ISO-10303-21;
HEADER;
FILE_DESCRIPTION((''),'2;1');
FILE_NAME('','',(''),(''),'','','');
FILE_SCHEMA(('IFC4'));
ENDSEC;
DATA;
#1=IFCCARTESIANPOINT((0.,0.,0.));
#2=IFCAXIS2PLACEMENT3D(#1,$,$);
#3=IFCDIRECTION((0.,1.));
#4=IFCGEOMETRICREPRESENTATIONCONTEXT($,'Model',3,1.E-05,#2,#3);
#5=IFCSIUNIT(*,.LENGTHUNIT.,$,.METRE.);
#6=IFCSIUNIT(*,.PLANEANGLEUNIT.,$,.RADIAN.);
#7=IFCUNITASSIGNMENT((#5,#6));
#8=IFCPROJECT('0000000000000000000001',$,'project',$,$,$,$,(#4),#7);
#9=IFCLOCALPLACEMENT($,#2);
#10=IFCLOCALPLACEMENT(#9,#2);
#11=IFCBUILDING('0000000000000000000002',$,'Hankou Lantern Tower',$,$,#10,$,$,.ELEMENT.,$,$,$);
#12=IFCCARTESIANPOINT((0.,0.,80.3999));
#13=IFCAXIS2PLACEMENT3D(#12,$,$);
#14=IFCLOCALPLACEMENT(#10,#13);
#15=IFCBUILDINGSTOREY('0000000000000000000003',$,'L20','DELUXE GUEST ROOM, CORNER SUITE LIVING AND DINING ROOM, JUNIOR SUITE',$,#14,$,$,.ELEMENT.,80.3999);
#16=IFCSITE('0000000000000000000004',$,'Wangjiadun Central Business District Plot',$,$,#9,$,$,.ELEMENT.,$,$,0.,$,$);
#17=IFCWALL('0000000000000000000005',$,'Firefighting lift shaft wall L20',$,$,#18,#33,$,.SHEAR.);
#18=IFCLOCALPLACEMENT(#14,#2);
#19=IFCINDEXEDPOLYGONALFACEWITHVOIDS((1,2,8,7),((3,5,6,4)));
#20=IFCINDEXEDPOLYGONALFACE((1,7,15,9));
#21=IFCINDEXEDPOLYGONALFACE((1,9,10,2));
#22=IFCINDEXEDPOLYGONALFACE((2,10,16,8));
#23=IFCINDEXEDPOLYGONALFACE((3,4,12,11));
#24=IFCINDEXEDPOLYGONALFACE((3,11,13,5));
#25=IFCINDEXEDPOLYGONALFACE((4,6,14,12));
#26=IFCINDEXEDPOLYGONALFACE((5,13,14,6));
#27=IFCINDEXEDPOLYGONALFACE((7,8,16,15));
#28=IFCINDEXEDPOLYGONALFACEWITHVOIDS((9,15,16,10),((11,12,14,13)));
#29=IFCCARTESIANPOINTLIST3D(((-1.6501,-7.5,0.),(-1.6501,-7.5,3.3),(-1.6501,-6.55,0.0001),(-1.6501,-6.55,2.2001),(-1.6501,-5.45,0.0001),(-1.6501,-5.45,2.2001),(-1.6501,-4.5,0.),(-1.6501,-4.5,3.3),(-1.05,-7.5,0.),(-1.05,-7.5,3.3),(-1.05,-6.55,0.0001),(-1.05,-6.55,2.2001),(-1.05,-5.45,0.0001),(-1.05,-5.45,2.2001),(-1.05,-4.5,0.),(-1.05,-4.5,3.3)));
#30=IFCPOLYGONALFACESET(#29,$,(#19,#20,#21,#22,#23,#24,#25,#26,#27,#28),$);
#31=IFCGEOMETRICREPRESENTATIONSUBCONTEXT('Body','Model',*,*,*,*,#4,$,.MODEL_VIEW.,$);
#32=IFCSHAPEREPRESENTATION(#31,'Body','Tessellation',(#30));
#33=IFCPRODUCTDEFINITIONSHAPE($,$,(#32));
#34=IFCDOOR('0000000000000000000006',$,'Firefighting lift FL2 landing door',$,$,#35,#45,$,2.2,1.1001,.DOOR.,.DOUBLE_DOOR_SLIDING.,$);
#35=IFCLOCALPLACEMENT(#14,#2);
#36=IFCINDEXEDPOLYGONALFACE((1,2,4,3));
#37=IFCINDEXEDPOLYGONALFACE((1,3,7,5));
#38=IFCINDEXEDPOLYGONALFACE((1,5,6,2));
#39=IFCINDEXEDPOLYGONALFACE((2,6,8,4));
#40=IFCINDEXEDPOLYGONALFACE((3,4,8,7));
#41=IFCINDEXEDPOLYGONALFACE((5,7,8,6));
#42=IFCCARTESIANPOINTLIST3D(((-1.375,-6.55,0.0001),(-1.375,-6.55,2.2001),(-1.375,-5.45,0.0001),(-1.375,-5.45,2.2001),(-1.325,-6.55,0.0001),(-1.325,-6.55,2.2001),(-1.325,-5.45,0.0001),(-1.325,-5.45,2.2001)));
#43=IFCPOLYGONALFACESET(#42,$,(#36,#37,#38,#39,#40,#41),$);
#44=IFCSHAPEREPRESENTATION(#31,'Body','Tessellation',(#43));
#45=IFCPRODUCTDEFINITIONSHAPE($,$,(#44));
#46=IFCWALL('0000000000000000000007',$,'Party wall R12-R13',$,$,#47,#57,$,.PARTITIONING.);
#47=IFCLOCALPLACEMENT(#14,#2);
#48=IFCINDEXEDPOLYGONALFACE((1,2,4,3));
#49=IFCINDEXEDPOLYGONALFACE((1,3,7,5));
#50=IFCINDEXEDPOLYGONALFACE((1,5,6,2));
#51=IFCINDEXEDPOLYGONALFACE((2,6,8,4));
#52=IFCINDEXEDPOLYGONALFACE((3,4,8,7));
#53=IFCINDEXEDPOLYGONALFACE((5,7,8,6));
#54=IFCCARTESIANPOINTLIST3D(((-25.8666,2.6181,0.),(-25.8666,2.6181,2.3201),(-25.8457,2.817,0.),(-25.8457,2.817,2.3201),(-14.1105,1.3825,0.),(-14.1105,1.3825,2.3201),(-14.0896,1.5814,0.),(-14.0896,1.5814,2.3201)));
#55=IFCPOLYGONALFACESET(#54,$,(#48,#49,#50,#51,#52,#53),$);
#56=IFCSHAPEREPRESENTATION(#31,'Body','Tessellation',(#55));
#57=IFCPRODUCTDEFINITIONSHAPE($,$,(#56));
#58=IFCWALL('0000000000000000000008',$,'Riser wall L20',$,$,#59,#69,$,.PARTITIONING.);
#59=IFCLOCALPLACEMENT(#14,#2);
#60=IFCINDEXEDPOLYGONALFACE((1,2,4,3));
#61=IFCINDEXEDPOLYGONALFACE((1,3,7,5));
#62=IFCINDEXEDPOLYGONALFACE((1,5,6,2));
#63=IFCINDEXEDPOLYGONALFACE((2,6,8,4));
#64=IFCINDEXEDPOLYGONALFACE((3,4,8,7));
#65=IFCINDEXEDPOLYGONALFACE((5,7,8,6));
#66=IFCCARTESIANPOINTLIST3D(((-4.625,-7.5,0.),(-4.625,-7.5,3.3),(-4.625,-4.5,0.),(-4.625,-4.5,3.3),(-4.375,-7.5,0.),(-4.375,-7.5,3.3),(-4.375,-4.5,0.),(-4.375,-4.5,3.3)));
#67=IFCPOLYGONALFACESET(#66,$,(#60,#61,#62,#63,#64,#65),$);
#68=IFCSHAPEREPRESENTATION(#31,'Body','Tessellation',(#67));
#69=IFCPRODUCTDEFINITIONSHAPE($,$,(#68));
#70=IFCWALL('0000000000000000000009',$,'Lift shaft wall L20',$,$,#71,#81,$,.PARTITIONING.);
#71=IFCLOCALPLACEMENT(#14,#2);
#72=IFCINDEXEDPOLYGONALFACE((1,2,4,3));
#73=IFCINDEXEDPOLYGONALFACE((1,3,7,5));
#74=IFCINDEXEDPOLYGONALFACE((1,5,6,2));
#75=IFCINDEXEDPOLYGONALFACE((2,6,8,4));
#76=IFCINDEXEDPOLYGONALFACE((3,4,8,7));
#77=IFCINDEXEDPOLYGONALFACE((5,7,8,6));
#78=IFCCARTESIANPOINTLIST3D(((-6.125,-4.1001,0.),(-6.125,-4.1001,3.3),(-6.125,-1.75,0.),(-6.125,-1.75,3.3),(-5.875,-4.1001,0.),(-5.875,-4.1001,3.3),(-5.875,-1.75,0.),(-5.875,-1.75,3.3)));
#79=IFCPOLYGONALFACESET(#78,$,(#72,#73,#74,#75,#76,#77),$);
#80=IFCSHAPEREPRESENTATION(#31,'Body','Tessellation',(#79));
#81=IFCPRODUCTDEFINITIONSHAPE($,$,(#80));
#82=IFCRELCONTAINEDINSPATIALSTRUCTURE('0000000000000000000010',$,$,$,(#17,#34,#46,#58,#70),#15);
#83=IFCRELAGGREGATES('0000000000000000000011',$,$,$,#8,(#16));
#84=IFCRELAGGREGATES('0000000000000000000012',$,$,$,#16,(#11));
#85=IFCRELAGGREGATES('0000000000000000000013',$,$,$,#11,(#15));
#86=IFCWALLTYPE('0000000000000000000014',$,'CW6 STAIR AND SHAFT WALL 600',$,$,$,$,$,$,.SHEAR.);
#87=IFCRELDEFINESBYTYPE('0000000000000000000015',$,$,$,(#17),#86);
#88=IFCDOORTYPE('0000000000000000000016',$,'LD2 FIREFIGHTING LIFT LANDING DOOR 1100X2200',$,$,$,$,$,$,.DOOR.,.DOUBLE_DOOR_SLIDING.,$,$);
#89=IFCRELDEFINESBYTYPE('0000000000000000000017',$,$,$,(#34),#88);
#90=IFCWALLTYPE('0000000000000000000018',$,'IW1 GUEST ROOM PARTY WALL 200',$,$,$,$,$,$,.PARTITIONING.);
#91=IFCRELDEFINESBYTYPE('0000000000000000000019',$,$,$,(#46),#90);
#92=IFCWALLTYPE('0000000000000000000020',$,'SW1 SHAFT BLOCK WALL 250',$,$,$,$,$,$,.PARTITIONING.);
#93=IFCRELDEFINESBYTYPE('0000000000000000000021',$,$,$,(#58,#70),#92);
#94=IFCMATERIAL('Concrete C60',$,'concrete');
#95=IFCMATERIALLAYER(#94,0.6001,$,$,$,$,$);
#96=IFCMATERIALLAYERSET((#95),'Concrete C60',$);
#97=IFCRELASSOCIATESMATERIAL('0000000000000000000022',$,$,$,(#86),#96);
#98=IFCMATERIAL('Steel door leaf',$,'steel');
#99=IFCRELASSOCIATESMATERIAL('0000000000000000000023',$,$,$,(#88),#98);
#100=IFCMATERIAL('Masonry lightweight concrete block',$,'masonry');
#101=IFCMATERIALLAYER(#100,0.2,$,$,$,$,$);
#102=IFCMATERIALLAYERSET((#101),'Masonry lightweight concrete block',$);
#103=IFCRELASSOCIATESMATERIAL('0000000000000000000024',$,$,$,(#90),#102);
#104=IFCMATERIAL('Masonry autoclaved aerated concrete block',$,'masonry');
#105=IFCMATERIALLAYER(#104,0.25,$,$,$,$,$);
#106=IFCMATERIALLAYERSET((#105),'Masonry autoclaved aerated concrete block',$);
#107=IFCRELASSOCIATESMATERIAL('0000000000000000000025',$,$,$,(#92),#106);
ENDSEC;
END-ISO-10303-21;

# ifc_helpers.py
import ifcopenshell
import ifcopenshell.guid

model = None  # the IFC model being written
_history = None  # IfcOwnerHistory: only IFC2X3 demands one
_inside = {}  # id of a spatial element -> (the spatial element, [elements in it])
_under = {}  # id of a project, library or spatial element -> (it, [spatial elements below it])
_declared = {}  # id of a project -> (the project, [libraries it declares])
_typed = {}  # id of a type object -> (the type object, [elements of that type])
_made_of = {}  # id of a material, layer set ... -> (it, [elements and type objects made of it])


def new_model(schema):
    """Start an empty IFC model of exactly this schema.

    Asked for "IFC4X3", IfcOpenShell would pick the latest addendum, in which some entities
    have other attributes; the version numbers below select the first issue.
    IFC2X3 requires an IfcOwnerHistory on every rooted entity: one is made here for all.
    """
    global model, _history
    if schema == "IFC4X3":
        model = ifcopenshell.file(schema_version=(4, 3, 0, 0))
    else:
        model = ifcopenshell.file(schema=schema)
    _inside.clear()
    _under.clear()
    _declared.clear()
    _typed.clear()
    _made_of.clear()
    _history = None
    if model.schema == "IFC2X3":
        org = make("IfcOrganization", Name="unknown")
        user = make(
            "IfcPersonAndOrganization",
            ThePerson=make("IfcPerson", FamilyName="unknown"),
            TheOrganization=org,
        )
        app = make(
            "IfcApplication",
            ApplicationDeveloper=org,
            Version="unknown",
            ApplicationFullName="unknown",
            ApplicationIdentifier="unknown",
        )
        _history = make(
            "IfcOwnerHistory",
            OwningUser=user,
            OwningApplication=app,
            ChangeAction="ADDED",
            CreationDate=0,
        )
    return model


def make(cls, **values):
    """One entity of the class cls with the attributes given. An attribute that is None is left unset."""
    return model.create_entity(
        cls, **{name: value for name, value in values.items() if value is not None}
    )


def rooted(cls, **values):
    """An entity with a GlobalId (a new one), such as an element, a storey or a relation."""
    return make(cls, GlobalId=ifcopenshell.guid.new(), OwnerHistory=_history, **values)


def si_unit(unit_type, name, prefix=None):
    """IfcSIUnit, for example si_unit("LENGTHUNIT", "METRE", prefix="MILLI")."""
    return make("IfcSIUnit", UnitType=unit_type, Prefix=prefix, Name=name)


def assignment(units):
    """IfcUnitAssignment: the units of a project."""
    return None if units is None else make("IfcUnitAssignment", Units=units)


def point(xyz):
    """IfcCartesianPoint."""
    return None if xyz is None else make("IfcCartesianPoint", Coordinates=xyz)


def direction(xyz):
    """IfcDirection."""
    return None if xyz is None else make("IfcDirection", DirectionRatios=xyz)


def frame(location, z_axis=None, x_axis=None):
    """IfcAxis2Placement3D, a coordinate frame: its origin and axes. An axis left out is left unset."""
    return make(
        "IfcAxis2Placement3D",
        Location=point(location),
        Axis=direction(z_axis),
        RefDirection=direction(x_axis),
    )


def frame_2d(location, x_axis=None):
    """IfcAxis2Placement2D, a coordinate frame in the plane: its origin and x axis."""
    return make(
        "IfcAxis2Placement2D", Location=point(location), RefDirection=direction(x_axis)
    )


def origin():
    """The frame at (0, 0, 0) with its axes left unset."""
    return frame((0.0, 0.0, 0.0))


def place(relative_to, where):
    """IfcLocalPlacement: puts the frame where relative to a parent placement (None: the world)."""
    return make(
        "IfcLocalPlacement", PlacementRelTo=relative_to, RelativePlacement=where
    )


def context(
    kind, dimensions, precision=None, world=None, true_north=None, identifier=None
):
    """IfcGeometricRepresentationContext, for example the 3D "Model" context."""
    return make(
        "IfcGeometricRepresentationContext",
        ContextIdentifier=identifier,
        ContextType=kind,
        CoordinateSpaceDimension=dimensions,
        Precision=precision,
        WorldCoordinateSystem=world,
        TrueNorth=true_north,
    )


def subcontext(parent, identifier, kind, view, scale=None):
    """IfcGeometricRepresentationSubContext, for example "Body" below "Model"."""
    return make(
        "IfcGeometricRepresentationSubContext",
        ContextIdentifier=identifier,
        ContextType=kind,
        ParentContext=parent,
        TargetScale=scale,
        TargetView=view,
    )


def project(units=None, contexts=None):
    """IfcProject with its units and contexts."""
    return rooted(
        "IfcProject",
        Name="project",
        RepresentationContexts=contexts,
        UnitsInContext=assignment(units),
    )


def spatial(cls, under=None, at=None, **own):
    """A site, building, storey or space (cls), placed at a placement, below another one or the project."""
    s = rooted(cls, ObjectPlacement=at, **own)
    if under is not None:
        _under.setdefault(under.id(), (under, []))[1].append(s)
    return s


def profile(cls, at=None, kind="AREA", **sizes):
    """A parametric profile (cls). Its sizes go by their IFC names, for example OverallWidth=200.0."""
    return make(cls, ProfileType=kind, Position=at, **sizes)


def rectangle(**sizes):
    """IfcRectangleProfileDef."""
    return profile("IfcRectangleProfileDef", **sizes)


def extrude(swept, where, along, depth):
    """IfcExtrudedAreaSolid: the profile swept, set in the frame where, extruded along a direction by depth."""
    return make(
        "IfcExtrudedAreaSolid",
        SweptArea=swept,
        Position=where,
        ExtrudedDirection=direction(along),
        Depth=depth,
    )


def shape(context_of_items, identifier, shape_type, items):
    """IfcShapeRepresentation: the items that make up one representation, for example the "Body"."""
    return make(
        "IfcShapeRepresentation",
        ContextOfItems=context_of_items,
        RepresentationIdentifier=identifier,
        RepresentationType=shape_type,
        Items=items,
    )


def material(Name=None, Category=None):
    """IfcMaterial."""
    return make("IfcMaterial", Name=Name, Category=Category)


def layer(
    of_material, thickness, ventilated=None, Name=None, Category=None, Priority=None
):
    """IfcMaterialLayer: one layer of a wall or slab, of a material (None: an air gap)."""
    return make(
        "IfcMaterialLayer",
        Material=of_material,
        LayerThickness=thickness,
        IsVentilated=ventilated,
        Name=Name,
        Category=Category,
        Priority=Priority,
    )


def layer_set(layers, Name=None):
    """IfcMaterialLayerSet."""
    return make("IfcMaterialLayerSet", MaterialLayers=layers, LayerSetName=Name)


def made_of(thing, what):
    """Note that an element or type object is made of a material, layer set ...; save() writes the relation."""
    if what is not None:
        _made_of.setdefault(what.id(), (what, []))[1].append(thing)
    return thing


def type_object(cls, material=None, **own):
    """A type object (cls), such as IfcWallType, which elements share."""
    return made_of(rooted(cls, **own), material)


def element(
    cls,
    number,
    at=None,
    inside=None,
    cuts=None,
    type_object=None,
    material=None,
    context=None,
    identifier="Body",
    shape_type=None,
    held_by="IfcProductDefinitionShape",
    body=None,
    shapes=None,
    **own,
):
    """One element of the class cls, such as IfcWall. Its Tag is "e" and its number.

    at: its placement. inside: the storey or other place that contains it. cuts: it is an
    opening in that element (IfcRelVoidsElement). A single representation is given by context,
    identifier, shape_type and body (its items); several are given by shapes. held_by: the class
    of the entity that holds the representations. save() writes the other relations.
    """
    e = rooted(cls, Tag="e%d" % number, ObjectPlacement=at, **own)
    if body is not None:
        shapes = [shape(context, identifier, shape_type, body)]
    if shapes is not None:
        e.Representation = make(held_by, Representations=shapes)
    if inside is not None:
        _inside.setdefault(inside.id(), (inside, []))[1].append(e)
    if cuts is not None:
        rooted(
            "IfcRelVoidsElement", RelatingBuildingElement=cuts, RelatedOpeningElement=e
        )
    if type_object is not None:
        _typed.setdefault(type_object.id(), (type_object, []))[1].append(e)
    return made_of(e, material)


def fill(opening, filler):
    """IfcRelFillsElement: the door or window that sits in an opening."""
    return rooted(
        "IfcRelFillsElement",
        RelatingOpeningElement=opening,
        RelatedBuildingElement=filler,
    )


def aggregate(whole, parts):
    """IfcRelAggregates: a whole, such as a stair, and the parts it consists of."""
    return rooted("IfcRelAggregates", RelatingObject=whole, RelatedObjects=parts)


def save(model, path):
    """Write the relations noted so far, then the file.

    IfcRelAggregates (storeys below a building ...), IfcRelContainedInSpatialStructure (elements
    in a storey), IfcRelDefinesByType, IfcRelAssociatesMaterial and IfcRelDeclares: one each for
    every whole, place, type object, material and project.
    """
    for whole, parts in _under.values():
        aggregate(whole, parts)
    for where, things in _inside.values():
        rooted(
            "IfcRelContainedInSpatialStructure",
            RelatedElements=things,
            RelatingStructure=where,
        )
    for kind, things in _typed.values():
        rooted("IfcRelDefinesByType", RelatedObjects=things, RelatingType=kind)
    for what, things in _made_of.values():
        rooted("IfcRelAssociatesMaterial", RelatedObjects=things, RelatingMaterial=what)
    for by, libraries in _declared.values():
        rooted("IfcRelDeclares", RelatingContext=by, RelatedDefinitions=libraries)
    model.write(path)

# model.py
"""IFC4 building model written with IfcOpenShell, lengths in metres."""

from ifc_helpers import new_model, si_unit, direction, frame, frame_2d, origin, place, context, subcontext, project, spatial, rectangle, extrude, material, layer, layer_set, type_object, element, fill, save


model = new_model("IFC4")

# Units and contexts
model_context = context("Model", 3, precision=1e-05, world=origin(), true_north=direction((0.0, 1.0)))
body_context = subcontext(model_context, "Body", "Model", "MODEL_VIEW")
ifc_project = project(units=[si_unit("LENGTHUNIT", "METRE"), si_unit("PLANEANGLEUNIT", "RADIAN")], contexts=[model_context])

# Site, building, storey
site_placement = place(None, origin())
site = spatial("IfcSite", under=ifc_project, at=site_placement, Name="Wangjiadun Central Business District Plot", CompositionType="ELEMENT", RefElevation=0.0)
building_placement = place(site_placement, origin())
building = spatial("IfcBuilding", under=site, at=building_placement, Name="Hankou Lantern Tower", CompositionType="ELEMENT")
storey_placement = place(building_placement, frame((0.0, 0.0, 80.3999)))
storey = spatial("IfcBuildingStorey", under=building, at=storey_placement, Name="L20", Description="DELUXE GUEST ROOM, CORNER SUITE LIVING AND DINING ROOM, JUNIOR SUITE", CompositionType="ELEMENT", Elevation=80.3999)

# Wall, opening, door
ifc_material_1 = material(Name="Concrete C60", Category="concrete")
ifc_layer_1 = layer(ifc_material_1, 0.6001)
ifc_layer_set_1 = layer_set([ifc_layer_1], Name="Concrete C60")
wall_type_1 = type_object("IfcWallType", Name="CW6 STAIR AND SHAFT WALL 600", PredefinedType="SHEAR", material=ifc_layer_set_1)
wall_1_placement = place(storey_placement, frame((-1.3501, -7.5, 0.0), z_axis=(0.0, 0.0, 1.0), x_axis=(0.0, 1.0, 0.0)))
wall_1 = element("IfcWall", 1, at=wall_1_placement, inside=storey, type_object=wall_type_1, Name="Firefighting lift shaft wall L20", PredefinedType="SHEAR", context=body_context, shape_type="SweptSolid", body=[
    extrude(rectangle(XDim=3.0, YDim=0.6001, at=frame_2d((1.5, 0.0))), origin(), (0.0, 0.0, 1.0), 3.3),
])
opening_1_placement = place(wall_1_placement, frame((0.95, 0.0, 0.0)))
opening_1 = element("IfcOpeningElement", 2, at=opening_1_placement, cuts=wall_1, PredefinedType="OPENING", context=body_context, shape_type="SweptSolid", body=[
    extrude(rectangle(XDim=1.1001, YDim=2.2, at=frame_2d((0.55, 1.1001))), frame((0.0, 0.3101, 0.0), z_axis=(0.0, -1.0, 0.0), x_axis=(1.0, 0.0, 0.0)), (0.0, 0.0, 1.0), 0.6201),
])
ifc_material_2 = material(Name="Steel door leaf", Category="steel")
door_type_1 = type_object("IfcDoorType", Name="LD2 FIREFIGHTING LIFT LANDING DOOR 1100X2200", OperationType="DOUBLE_DOOR_SLIDING", PredefinedType="DOOR", material=ifc_material_2)
door_1_placement = place(opening_1_placement, origin())
door_1 = element("IfcDoor", 3, at=door_1_placement, inside=storey, type_object=door_type_1, Name="Firefighting lift FL2 landing door", OperationType="DOUBLE_DOOR_SLIDING", OverallHeight=2.2, OverallWidth=1.1001, PredefinedType="DOOR", context=body_context, shape_type="SweptSolid", body=[
    extrude(rectangle(XDim=1.1001, YDim=2.2, at=frame_2d((0.55, 1.1001))), frame((0.0, 0.0249, 0.0), z_axis=(0.0, -1.0, 0.0), x_axis=(1.0, 0.0, 0.0)), (0.0, 0.0, 1.0), 0.05),
])
fill(opening_1, door_1)

# Walls
ifc_material_3 = material(Name="Masonry lightweight concrete block", Category="masonry")
ifc_layer_2 = layer(ifc_material_3, 0.2)
ifc_layer_set_2 = layer_set([ifc_layer_2], Name="Masonry lightweight concrete block")
wall_type_2 = type_object("IfcWallType", Name="IW1 GUEST ROOM PARTY WALL 200", PredefinedType="PARTITIONING", material=ifc_layer_set_2)
wall_2_placement = place(storey_placement, frame((-14.1001, 1.4819, 0.0), z_axis=(0.0, 0.0, 1.0), x_axis=(-0.994522, 0.104527, 0.0)))
element("IfcWall", 4, at=wall_2_placement, inside=storey, type_object=wall_type_2, Name="Party wall R12-R13", PredefinedType="PARTITIONING", context=body_context, shape_type="SweptSolid", body=[
    extrude(rectangle(XDim=11.8208, YDim=0.2, at=frame_2d((5.9104, 0.0))), origin(), (0.0, 0.0, 1.0), 2.3201),
])
ifc_material_4 = material(Name="Masonry autoclaved aerated concrete block", Category="masonry")
ifc_layer_3 = layer(ifc_material_4, 0.25)
ifc_layer_set_3 = layer_set([ifc_layer_3], Name="Masonry autoclaved aerated concrete block")
wall_type_3 = type_object("IfcWallType", Name="SW1 SHAFT BLOCK WALL 250", PredefinedType="PARTITIONING", material=ifc_layer_set_3)
wall_3_placement = place(storey_placement, frame((-4.5, -7.5, 0.0), z_axis=(0.0, 0.0, 1.0), x_axis=(0.0, 1.0, 0.0)))
element("IfcWall", 5, at=wall_3_placement, inside=storey, type_object=wall_type_3, Name="Riser wall L20", PredefinedType="PARTITIONING", context=body_context, shape_type="SweptSolid", body=[
    extrude(rectangle(XDim=3.0, YDim=0.25, at=frame_2d((1.5, 0.0))), origin(), (0.0, 0.0, 1.0), 3.3),
])
wall_4_placement = place(storey_placement, frame((-6.0, -4.1001, 0.0), z_axis=(0.0, 0.0, 1.0), x_axis=(0.0, 1.0, 0.0)))
element("IfcWall", 6, at=wall_4_placement, inside=storey, type_object=wall_type_3, Name="Lift shaft wall L20", PredefinedType="PARTITIONING", context=body_context, shape_type="SweptSolid", body=[
    extrude(rectangle(XDim=2.3501, YDim=0.25, at=frame_2d((1.175, 0.0))), origin(), (0.0, 0.0, 1.0), 3.3),
])

save(model, "model.ifc")
